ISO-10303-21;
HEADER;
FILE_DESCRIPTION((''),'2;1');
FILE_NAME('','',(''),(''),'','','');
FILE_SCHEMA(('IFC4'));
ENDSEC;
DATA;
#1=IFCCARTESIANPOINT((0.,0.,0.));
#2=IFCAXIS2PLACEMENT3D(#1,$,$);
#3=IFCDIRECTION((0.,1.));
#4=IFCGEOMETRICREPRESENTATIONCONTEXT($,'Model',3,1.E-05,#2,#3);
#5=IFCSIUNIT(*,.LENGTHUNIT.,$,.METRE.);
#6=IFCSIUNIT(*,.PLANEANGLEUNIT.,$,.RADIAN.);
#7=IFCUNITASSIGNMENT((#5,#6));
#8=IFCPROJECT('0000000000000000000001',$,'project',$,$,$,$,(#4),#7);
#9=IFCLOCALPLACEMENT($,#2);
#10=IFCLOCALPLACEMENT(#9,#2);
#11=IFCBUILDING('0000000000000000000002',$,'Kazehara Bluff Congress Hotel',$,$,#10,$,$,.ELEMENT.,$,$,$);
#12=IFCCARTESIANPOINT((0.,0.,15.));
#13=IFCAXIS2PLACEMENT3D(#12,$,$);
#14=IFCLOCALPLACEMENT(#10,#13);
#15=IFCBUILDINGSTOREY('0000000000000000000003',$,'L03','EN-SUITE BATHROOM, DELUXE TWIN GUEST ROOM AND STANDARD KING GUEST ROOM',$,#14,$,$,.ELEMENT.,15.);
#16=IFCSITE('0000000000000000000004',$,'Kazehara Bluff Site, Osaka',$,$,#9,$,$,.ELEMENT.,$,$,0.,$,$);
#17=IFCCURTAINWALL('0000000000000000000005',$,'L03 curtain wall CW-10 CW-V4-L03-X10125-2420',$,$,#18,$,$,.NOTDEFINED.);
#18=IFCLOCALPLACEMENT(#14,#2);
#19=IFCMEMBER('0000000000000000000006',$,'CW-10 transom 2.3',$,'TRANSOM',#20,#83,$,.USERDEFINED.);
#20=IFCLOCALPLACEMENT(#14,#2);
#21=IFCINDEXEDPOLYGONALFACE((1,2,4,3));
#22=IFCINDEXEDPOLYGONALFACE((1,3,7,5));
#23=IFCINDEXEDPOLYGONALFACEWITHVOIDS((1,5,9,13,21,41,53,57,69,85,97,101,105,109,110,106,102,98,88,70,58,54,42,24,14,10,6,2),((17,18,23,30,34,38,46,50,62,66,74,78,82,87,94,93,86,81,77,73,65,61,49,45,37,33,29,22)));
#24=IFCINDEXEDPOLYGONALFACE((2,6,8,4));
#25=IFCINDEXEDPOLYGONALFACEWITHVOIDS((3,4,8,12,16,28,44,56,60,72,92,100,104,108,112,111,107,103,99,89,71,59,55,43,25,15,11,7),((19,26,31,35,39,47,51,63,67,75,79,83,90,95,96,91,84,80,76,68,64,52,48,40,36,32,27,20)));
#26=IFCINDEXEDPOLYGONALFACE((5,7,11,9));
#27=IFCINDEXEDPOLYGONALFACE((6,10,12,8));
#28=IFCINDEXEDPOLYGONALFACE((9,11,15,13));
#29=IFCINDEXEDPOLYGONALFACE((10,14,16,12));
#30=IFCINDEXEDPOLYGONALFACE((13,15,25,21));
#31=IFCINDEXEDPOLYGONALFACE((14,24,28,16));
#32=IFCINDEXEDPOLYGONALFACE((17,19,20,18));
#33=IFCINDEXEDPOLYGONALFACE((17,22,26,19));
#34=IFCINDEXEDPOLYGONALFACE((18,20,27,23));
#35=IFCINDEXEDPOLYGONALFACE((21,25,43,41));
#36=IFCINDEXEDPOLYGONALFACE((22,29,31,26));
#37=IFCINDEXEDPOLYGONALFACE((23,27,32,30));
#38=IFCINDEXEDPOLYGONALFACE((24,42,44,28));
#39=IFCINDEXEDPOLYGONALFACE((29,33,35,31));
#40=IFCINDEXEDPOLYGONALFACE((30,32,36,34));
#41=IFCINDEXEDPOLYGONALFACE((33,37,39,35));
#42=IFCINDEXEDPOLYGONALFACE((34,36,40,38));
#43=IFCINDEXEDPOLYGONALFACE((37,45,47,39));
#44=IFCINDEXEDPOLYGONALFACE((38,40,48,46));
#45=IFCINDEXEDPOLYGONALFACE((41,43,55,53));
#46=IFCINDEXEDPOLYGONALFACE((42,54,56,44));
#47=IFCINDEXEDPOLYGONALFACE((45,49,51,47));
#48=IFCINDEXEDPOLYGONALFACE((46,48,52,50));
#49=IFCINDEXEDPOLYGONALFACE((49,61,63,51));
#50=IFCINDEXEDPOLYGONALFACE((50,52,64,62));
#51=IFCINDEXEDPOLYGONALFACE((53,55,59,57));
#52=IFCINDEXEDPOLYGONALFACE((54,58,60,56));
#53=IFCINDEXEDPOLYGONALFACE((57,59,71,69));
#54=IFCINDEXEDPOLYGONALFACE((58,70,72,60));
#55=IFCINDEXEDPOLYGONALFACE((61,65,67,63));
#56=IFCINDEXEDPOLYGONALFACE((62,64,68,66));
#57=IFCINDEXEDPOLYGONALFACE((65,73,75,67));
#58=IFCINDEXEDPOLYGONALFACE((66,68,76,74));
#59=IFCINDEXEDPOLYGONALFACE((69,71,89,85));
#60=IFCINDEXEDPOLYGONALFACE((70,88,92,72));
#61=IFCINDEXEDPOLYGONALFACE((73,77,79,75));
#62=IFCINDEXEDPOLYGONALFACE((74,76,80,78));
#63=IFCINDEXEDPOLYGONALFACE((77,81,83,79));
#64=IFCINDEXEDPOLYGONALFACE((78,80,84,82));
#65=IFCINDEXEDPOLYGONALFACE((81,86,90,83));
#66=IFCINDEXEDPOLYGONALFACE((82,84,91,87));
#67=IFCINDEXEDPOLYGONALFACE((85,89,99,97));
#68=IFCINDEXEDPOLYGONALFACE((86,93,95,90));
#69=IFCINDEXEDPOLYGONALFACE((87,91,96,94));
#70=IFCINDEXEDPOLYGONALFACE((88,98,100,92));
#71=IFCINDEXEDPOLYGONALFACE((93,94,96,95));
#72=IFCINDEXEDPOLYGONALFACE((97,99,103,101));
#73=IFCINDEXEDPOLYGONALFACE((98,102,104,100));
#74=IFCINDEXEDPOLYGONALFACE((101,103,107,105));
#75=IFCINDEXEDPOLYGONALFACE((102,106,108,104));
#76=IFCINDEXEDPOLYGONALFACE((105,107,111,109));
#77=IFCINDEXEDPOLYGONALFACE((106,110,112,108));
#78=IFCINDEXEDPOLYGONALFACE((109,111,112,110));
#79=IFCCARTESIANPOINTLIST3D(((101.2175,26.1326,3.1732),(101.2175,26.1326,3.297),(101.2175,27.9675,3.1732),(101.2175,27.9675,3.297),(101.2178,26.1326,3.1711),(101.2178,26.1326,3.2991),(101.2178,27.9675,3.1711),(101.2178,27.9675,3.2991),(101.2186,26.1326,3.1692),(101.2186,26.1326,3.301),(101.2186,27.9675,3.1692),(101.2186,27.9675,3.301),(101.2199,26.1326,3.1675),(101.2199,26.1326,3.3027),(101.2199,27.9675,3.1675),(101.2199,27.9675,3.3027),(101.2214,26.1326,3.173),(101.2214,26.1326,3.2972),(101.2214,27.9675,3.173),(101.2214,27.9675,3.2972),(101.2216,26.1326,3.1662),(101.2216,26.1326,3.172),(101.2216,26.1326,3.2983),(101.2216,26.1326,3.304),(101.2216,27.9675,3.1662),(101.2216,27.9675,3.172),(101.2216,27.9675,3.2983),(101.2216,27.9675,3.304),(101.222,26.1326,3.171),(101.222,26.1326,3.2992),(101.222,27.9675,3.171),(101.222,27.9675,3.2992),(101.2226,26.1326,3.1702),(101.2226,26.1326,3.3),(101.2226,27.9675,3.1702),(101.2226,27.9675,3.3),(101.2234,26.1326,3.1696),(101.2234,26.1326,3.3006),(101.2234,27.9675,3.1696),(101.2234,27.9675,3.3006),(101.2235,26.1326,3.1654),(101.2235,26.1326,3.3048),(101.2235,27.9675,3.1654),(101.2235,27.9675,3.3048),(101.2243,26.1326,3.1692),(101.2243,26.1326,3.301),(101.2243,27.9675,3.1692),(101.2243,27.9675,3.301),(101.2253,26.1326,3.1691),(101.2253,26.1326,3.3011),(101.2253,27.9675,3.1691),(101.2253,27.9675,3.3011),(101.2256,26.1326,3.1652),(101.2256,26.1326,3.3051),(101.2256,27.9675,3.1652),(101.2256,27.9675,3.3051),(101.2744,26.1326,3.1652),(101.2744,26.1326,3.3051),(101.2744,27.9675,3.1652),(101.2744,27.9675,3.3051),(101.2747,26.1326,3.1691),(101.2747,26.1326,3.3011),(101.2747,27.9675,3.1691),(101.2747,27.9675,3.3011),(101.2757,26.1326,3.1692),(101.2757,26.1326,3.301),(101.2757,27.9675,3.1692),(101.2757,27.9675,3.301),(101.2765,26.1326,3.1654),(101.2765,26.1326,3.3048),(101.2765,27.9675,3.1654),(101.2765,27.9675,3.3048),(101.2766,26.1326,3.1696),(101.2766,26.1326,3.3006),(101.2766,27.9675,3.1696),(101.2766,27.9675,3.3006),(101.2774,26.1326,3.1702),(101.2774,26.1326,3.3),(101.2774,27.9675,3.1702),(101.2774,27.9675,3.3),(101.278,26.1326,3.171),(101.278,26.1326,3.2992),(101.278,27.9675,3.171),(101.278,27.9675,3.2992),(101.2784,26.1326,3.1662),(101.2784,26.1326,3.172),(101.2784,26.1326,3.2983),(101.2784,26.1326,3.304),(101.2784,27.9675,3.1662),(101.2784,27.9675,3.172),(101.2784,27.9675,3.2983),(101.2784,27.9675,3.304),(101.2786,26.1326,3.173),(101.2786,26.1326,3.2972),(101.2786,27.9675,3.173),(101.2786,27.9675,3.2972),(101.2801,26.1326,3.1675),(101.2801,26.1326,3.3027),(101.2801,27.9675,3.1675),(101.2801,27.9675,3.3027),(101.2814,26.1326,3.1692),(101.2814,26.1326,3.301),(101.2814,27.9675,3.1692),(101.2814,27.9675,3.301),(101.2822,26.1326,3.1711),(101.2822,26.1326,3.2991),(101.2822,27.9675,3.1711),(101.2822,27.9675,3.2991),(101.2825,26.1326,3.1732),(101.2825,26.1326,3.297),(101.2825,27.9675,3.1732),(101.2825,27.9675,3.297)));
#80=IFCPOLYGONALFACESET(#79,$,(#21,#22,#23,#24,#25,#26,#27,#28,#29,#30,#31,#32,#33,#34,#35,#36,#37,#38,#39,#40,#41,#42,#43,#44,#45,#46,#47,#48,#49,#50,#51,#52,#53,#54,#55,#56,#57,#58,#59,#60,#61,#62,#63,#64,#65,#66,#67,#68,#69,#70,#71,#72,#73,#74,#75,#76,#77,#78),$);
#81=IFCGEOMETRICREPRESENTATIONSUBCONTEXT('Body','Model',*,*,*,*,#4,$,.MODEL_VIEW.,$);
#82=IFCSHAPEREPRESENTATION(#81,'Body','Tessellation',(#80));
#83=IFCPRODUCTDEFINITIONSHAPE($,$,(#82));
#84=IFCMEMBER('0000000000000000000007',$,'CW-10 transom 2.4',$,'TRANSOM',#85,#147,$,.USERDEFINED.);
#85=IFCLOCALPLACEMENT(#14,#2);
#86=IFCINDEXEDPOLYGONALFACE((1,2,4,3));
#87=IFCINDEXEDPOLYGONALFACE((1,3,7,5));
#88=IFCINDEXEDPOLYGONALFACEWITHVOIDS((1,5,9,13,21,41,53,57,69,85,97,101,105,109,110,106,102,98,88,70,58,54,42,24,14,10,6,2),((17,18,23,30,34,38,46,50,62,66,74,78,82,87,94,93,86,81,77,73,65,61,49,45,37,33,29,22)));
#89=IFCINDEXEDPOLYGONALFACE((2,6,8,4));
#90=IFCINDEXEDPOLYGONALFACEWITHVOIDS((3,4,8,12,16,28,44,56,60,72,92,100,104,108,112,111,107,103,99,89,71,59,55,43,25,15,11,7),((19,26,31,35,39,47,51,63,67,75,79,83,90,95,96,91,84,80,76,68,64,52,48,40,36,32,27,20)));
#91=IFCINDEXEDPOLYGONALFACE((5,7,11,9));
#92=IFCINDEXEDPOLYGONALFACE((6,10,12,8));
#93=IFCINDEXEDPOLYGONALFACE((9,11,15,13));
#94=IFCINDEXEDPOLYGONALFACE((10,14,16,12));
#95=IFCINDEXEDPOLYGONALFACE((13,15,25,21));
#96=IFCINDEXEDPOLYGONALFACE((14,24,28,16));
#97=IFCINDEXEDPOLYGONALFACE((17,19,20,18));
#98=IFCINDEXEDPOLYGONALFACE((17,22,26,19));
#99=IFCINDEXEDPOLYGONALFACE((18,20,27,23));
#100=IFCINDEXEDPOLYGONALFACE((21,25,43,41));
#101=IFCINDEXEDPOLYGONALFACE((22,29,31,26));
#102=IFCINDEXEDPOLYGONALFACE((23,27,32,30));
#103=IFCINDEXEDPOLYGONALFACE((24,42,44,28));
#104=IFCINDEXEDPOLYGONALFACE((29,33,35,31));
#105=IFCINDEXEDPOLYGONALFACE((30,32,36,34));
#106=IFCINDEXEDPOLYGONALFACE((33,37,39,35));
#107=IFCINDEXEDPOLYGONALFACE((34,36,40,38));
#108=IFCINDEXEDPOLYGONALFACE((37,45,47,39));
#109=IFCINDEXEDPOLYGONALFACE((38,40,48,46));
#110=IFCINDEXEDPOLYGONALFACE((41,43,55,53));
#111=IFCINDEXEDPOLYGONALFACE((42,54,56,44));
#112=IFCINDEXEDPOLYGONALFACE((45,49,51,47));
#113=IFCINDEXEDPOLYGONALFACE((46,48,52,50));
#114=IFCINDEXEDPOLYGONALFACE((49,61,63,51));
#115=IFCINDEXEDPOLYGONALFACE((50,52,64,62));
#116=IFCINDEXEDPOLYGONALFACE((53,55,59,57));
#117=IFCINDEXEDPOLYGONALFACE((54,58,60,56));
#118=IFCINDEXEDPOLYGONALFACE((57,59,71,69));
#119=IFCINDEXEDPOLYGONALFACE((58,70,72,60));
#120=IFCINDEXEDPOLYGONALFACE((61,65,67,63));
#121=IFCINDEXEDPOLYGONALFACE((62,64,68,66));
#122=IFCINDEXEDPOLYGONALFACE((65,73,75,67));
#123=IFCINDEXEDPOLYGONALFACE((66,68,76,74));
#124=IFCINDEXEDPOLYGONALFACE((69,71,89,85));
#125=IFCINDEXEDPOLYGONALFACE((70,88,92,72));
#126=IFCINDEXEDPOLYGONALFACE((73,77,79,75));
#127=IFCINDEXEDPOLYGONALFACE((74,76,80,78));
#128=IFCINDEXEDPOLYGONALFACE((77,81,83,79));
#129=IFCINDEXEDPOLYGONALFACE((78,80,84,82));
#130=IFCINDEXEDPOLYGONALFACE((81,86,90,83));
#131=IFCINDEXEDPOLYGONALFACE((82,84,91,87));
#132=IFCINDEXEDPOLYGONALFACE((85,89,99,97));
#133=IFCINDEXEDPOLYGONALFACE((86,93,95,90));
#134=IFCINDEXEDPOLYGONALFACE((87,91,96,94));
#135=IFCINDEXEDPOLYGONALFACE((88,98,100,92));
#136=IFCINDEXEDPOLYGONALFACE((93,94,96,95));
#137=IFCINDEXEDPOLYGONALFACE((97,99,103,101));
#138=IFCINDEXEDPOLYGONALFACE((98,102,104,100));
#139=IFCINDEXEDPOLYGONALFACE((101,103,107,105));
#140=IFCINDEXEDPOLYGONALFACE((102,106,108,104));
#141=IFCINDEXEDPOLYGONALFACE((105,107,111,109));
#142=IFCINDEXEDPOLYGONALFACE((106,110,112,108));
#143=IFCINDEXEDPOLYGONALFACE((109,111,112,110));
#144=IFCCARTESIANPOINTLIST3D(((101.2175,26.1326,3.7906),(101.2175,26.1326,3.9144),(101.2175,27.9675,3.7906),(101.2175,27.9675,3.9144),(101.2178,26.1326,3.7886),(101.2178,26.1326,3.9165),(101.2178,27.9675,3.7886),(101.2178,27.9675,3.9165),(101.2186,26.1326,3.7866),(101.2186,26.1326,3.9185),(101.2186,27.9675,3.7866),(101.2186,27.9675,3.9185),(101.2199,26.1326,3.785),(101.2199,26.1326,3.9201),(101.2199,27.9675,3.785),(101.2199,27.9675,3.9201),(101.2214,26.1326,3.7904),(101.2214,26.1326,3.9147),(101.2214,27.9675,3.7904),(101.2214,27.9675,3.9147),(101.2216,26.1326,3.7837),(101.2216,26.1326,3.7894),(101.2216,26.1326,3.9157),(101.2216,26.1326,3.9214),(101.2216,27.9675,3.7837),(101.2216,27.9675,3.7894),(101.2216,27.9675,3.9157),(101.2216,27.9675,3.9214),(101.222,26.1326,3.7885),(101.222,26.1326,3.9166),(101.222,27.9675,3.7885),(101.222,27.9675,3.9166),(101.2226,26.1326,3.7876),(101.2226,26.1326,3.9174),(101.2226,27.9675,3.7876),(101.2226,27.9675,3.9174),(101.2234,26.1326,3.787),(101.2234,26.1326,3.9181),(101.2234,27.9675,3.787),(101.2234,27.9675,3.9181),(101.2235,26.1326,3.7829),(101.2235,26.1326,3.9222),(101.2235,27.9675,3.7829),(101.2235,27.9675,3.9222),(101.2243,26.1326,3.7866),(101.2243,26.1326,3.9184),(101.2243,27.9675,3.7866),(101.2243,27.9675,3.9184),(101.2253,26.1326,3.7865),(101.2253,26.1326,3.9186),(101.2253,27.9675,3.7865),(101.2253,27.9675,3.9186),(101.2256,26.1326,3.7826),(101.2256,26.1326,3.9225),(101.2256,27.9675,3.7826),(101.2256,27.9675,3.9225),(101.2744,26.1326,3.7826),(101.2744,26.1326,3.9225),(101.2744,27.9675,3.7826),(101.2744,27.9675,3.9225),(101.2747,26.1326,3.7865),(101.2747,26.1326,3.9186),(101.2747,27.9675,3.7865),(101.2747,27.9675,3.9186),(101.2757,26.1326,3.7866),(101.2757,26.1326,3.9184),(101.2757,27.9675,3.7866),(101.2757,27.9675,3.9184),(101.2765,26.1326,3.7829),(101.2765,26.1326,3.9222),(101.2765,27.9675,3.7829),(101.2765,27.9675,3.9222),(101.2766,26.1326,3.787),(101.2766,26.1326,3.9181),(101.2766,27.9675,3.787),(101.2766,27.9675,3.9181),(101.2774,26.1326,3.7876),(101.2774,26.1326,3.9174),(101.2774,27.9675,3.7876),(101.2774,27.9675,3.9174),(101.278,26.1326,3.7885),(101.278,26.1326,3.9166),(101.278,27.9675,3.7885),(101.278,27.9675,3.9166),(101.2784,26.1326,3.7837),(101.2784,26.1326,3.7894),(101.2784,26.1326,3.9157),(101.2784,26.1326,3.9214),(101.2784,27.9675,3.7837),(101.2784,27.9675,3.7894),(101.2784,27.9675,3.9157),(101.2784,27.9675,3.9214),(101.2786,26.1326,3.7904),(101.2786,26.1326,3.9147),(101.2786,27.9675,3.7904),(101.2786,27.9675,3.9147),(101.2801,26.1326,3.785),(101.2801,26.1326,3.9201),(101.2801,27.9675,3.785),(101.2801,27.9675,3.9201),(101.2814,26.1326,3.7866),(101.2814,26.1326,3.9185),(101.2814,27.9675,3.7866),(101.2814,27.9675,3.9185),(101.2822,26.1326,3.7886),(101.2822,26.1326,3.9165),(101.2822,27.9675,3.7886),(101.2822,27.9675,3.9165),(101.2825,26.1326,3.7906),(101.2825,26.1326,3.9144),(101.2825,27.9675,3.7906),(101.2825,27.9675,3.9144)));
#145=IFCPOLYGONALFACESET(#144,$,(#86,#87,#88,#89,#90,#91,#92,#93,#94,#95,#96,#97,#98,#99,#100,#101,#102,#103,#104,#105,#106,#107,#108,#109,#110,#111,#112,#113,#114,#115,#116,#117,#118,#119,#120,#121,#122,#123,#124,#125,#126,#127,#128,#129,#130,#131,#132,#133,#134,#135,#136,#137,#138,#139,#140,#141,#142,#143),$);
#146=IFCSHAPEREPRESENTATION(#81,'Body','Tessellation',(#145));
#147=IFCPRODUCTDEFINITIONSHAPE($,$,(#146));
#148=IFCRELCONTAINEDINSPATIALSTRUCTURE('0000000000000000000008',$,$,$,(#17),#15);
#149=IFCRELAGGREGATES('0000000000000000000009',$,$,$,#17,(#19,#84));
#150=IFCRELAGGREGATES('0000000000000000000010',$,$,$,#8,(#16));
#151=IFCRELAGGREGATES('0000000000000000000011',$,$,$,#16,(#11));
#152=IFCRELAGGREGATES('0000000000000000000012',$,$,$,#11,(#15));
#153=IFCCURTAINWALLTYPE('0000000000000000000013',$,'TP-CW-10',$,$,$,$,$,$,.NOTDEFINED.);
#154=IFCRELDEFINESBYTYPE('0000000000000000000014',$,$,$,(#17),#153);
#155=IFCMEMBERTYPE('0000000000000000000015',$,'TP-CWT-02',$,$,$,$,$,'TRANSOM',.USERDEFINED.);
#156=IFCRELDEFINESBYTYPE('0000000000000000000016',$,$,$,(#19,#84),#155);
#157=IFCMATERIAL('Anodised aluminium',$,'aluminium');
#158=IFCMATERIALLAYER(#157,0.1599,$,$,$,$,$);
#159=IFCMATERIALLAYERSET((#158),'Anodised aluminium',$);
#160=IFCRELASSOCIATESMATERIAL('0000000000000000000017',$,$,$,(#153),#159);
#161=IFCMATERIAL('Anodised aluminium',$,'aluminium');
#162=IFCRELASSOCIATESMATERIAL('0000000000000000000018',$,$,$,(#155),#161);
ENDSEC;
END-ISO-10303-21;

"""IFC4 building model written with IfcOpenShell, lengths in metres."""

from ifc_helpers import new_model, si_unit, direction, frame, origin, origin_2d, place, context, subcontext, project, spatial, hollow_rectangle, extrude, material, layer, layer_set, material_profile, profile_set, type_object, element, aggregate, save


model = new_model("IFC4")

# Units and contexts
model_context = context("Model", 3, precision=1e-05, world=origin(), true_north=direction((0.0, 1.0)))
body_context = subcontext(model_context, "Body", "Model", "MODEL_VIEW")
ifc_project = project(units=[si_unit("LENGTHUNIT", "METRE"), si_unit("PLANEANGLEUNIT", "RADIAN")], contexts=[model_context])

# Site, building, storey
site_placement = place(None, origin())
site = spatial("IfcSite", under=ifc_project, at=site_placement, Name="Kazehara Bluff Site, Osaka", CompositionType="ELEMENT", RefElevation=0.0)
building_placement = place(site_placement, origin())
building = spatial("IfcBuilding", under=site, at=building_placement, Name="Kazehara Bluff Congress Hotel", CompositionType="ELEMENT")
storey_placement = place(building_placement, frame((0.0, 0.0, 15.0)))
storey = spatial("IfcBuildingStorey", under=building, at=storey_placement, Name="L03", Description="EN-SUITE BATHROOM, DELUXE TWIN GUEST ROOM AND STANDARD KING GUEST ROOM", CompositionType="ELEMENT", Elevation=15.0)

# Curtain wall, members
ifc_material_1 = material(Name="Anodised aluminium", Category="aluminium")
ifc_layer_1 = layer(ifc_material_1, 0.1599)
ifc_layer_set_1 = layer_set([ifc_layer_1], Name="Anodised aluminium")
curtain_wall_type = type_object("IfcCurtainWallType", Name="TP-CW-10", PredefinedType="NOTDEFINED", material=ifc_layer_set_1)
curtain_wall_placement = place(storey_placement, origin())
curtain_wall = element("IfcCurtainWall", 1, at=curtain_wall_placement, inside=storey, type_object=curtain_wall_type, Name="L03 curtain wall CW-10 CW-V4-L03-X10125-2420", PredefinedType="NOTDEFINED")
ifc_material_2 = material(Name="Anodised aluminium", Category="aluminium")
ifc_material_profile_1 = material_profile(ifc_material_2, hollow_rectangle(XDim=0.0649, YDim=0.1399, WallThickness=0.0039, InnerFilletRadius=0.0039, OuterFilletRadius=0.0081, at=origin_2d()))
ifc_profile_set_1 = profile_set([ifc_material_profile_1], Name="Anodised aluminium")
member_type_1 = type_object("IfcMemberType", Name="TP-CWT-02", ElementType="TRANSOM", PredefinedType="USERDEFINED", material=ifc_profile_set_1)
member_1_placement = place(storey_placement, frame((101.25, 26.1326, 3.2351), z_axis=(0.0, 1.0, 0.0), x_axis=(-1.0, 0.0, 0.0)))
member_1 = element("IfcMember", 2, at=member_1_placement, type_object=member_type_1, Name="CW-10 transom 2.3", ObjectType="TRANSOM", PredefinedType="USERDEFINED", context=body_context, shape_type="SweptSolid", body=[
    extrude(hollow_rectangle(XDim=0.0649, YDim=0.1399, WallThickness=0.0039, InnerFilletRadius=0.0039, OuterFilletRadius=0.0081, at=origin_2d()), origin(), (0.0, 0.0, 1.0), 1.835),
])
member_2_placement = place(storey_placement, frame((101.25, 26.1326, 3.8525), z_axis=(0.0, 1.0, 0.0), x_axis=(-1.0, 0.0, 0.0)))
member_2 = element("IfcMember", 3, at=member_2_placement, type_object=member_type_1, Name="CW-10 transom 2.4", ObjectType="TRANSOM", PredefinedType="USERDEFINED", context=body_context, shape_type="SweptSolid", body=[
    extrude(hollow_rectangle(XDim=0.0649, YDim=0.1399, WallThickness=0.0039, InnerFilletRadius=0.0039, OuterFilletRadius=0.0081, at=origin_2d()), origin(), (0.0, 0.0, 1.0), 1.835),
])

aggregate(curtain_wall, [member_1, member_2])

save(model, "model.ifc")
